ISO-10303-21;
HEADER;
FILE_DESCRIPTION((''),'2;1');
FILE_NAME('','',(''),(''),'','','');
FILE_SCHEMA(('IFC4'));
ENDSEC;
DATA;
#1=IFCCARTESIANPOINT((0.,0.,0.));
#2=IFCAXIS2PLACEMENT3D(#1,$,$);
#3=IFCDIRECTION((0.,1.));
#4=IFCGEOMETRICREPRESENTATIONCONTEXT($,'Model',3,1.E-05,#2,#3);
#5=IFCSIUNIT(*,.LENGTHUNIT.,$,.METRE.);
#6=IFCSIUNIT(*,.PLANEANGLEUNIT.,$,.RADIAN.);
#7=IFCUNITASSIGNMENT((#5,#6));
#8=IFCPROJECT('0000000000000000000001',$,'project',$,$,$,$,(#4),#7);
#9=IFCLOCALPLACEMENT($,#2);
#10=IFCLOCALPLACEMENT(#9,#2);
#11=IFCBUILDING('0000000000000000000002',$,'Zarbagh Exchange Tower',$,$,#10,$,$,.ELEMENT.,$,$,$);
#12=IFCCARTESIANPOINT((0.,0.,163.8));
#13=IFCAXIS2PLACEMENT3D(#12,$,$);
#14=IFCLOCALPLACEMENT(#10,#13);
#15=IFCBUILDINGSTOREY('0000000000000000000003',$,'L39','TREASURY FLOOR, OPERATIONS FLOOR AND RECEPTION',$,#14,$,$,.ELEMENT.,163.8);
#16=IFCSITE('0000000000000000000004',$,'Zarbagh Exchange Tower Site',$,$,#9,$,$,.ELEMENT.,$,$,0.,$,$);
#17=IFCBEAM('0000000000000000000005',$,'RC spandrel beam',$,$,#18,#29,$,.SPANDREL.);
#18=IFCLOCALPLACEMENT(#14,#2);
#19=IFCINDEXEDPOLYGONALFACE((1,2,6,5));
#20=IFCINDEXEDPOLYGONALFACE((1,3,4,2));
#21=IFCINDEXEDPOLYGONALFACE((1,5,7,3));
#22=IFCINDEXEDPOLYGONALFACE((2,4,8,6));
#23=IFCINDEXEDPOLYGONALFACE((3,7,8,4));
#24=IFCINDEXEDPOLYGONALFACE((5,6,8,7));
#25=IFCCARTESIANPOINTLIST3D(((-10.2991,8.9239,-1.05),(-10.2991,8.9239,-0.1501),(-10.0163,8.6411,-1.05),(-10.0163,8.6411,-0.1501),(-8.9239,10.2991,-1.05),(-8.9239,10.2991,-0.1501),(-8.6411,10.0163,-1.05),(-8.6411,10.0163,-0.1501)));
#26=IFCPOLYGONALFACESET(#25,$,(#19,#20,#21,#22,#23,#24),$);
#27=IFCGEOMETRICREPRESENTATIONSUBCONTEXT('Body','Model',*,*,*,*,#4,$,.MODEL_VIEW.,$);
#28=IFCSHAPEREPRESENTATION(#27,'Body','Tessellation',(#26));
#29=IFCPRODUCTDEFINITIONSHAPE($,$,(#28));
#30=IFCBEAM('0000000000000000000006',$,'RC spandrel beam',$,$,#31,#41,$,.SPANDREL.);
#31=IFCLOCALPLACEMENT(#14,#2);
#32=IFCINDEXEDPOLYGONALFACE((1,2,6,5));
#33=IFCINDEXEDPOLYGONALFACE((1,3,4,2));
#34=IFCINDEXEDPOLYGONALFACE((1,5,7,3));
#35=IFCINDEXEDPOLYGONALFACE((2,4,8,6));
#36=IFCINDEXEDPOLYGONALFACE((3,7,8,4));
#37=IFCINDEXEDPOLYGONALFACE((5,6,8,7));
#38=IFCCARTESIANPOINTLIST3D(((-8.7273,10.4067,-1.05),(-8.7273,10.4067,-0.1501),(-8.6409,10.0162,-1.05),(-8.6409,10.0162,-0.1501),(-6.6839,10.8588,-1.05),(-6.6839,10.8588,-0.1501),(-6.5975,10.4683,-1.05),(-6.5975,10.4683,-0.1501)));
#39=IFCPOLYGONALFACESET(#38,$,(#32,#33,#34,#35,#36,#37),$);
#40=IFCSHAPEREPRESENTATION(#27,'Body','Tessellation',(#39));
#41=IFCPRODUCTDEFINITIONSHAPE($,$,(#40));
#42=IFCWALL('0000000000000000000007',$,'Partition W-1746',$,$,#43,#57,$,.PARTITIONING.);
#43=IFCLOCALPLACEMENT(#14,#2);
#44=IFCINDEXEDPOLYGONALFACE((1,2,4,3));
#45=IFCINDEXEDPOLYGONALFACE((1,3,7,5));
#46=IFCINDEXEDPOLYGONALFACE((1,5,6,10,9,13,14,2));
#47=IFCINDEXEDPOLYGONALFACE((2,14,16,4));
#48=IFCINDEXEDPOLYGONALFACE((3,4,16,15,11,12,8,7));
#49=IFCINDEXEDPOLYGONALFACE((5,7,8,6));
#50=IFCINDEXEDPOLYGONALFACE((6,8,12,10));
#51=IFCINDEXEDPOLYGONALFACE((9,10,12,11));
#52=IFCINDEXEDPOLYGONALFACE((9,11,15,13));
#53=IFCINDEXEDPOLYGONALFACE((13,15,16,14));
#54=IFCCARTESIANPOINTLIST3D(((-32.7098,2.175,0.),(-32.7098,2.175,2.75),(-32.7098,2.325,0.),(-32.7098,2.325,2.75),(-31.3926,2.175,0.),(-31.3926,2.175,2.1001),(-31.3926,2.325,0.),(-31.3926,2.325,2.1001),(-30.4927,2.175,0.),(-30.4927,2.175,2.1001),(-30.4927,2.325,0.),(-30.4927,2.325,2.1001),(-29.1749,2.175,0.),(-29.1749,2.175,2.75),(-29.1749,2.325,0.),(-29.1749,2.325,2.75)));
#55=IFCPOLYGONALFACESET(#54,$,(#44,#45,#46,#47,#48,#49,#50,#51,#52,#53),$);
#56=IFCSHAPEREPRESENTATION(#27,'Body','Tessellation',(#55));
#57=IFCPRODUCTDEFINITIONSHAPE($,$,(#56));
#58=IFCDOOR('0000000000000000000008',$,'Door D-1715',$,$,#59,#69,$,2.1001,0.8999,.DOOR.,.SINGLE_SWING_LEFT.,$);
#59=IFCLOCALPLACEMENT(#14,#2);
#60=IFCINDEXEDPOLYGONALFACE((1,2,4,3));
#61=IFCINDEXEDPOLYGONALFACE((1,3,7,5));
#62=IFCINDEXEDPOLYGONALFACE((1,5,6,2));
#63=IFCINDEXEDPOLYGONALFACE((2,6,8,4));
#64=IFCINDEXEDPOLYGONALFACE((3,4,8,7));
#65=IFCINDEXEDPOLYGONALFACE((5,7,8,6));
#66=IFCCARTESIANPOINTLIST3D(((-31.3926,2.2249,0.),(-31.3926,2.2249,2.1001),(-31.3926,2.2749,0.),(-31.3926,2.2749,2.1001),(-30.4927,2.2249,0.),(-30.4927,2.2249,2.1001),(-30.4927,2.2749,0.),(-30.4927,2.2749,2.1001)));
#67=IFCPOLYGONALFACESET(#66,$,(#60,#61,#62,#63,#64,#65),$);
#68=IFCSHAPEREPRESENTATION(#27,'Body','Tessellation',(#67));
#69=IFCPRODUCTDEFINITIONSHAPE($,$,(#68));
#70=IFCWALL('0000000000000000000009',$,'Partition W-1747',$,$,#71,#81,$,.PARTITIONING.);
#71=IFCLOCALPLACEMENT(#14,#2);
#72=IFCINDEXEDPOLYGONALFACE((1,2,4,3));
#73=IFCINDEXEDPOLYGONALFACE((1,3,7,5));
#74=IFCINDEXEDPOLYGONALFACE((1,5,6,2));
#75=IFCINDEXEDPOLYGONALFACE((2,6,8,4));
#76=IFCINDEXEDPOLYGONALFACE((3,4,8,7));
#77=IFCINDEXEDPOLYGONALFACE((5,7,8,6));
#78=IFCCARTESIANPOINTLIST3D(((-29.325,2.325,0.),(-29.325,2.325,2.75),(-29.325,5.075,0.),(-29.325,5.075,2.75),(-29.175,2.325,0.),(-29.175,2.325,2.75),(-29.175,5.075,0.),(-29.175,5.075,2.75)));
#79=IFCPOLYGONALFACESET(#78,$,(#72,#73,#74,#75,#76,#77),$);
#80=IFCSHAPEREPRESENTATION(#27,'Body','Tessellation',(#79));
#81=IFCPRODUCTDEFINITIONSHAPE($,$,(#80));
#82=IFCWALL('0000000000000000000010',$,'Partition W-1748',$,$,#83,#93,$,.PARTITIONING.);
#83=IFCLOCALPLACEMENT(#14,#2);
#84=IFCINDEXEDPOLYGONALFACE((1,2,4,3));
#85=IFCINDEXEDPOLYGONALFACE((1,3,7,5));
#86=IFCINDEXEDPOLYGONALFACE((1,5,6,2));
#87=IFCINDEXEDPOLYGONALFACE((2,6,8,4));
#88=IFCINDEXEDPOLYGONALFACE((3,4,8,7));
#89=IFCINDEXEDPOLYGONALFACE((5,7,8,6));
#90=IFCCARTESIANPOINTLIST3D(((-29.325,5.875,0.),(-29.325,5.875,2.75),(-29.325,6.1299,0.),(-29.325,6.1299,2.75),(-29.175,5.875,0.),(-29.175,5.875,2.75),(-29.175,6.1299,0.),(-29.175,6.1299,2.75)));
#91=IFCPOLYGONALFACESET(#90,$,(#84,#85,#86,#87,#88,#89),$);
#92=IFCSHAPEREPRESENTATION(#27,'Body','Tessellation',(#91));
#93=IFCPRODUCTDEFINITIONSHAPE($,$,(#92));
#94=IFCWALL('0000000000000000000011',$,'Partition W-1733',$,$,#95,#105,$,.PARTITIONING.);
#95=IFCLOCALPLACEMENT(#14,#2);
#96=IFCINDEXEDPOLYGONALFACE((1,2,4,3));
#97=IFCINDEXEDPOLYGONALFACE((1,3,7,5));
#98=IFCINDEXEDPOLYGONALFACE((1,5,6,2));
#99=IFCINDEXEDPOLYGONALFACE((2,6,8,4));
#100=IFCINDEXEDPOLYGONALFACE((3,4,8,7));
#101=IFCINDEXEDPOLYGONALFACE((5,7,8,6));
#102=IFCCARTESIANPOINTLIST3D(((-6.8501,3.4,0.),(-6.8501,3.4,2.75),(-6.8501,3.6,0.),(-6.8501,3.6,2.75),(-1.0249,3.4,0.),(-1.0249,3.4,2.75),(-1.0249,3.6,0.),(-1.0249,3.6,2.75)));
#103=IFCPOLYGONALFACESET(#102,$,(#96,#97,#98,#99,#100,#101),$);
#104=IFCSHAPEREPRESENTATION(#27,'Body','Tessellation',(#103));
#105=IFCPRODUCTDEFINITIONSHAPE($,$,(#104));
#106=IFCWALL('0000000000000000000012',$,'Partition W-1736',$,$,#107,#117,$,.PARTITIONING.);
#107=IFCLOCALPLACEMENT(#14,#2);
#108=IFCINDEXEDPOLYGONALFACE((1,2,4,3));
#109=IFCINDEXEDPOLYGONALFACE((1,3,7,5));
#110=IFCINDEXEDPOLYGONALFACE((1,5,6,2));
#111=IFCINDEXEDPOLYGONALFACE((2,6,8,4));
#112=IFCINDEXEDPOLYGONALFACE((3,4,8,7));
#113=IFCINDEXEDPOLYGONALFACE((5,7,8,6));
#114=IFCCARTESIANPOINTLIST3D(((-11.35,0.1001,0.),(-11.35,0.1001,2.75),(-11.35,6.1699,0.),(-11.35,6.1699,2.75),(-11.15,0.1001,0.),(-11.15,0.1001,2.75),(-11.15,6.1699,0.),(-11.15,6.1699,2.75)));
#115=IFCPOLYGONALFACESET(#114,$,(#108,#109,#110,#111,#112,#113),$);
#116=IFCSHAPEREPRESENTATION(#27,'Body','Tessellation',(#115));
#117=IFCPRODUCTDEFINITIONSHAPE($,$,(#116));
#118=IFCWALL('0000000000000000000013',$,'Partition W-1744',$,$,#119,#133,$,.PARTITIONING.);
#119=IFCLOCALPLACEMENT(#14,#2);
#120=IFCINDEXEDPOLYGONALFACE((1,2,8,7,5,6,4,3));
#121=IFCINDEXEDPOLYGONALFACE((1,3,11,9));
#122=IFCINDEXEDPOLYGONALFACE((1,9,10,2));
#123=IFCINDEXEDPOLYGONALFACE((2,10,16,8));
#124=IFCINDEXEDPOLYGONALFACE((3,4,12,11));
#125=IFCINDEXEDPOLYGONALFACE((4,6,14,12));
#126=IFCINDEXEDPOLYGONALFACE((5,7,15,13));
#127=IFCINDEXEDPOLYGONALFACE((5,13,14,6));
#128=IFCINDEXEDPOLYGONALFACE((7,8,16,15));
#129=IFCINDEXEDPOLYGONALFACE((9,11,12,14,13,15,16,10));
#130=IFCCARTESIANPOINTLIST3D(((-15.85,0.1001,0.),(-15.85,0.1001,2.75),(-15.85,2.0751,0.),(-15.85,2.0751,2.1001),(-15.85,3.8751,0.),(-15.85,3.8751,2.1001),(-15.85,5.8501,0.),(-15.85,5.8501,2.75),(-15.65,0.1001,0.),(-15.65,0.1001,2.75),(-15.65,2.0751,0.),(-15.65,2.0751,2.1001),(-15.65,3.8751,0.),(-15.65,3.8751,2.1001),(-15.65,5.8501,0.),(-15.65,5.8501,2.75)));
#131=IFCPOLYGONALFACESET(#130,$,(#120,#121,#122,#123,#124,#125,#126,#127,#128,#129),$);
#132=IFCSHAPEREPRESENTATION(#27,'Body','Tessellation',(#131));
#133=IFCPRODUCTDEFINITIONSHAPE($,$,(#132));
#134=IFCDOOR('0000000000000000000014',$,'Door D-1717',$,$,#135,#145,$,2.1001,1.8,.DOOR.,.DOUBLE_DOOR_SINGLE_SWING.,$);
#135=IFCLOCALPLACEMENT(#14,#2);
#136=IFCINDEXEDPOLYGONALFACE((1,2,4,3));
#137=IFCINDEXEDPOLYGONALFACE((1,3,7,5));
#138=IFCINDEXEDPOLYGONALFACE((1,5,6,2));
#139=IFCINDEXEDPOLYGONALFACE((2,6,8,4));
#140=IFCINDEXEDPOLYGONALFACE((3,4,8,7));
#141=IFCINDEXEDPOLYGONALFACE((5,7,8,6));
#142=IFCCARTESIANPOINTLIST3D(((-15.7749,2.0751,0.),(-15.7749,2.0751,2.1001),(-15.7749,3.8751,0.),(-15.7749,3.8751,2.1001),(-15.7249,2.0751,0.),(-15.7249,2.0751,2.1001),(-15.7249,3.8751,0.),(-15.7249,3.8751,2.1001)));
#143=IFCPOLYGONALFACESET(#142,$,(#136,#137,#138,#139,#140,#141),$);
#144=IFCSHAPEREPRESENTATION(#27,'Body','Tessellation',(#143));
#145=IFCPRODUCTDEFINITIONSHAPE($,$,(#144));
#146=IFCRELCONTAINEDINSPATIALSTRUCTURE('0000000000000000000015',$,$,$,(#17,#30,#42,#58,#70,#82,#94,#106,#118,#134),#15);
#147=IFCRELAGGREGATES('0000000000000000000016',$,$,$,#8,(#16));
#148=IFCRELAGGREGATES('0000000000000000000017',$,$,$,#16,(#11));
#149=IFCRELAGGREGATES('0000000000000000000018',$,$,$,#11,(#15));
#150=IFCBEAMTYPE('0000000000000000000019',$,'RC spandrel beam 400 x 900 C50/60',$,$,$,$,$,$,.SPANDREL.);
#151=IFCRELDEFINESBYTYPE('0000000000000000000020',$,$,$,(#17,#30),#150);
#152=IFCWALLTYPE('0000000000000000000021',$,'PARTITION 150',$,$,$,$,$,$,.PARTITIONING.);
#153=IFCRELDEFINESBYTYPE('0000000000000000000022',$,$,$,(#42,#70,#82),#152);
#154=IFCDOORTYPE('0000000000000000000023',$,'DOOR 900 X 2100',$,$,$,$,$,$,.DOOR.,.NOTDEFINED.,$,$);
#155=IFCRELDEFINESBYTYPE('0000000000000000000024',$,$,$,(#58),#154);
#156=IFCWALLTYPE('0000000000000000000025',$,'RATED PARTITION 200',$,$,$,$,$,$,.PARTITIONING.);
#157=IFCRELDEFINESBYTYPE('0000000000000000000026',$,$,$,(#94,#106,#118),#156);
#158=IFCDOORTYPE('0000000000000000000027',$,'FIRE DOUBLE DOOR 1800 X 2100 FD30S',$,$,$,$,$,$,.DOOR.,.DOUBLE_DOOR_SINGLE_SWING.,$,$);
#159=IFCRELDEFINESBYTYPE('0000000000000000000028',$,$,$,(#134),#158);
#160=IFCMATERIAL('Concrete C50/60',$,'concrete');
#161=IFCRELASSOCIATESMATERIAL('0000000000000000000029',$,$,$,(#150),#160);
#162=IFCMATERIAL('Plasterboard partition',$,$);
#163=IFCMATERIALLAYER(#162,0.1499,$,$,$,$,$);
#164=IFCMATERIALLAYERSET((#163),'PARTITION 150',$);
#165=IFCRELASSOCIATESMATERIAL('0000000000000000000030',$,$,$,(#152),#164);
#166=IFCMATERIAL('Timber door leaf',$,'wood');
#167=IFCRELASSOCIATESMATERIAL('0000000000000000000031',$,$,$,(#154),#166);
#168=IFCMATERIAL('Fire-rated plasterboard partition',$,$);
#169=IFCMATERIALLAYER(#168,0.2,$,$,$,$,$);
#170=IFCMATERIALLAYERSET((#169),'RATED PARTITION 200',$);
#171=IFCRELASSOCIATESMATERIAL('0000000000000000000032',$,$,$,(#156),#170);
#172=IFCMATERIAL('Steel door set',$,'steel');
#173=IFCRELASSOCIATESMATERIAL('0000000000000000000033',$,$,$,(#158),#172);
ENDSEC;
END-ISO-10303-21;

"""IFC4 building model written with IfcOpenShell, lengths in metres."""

from ifc_helpers import new_model, si_unit, direction, frame, frame_2d, origin, origin_2d, place, context, subcontext, project, spatial, rectangle, extrude, material, layer, layer_set, material_profile, profile_set, type_object, element, fill, save


model = new_model("IFC4")

# Units and contexts
model_context = context("Model", 3, precision=1e-05, world=origin(), true_north=direction((0.0, 1.0)))
body_context = subcontext(model_context, "Body", "Model", "MODEL_VIEW")
ifc_project = project(units=[si_unit("LENGTHUNIT", "METRE"), si_unit("PLANEANGLEUNIT", "RADIAN")], contexts=[model_context])

# Site, building, storey
site_placement = place(None, origin())
site = spatial("IfcSite", under=ifc_project, at=site_placement, Name="Zarbagh Exchange Tower Site", CompositionType="ELEMENT", RefElevation=0.0)
building_placement = place(site_placement, origin())
building = spatial("IfcBuilding", under=site, at=building_placement, Name="Zarbagh Exchange Tower", CompositionType="ELEMENT")
storey_placement = place(building_placement, frame((0.0, 0.0, 163.8)))
storey = spatial("IfcBuildingStorey", under=building, at=storey_placement, Name="L39", Description="TREASURY FLOOR, OPERATIONS FLOOR AND RECEPTION", CompositionType="ELEMENT", Elevation=163.8)

# Shared definitions
ifc_material_1 = material(Name="Concrete C50/60", Category="concrete")

# Beams
ifc_material_profile_1 = material_profile(ifc_material_1, rectangle(XDim=0.3999, YDim=0.8999, at=origin_2d()), Name="RC spandrel beam 400 x 900 C50/60")
ifc_profile_set_1 = profile_set([ifc_material_profile_1], Name="Concrete C50/60")
beam_type_1 = type_object("IfcBeamType", Name="RC spandrel beam 400 x 900 C50/60", PredefinedType="SPANDREL", material=ifc_profile_set_1)
beam_1_placement = place(storey_placement, frame((-10.1577, 8.7825, -0.6001), z_axis=(0.707107, 0.707107, 0.0), x_axis=(-0.707107, 0.707107, 0.0)))
element("IfcBeam", 1, at=beam_1_placement, inside=storey, type_object=beam_type_1, Name="RC spandrel beam", PredefinedType="SPANDREL", context=body_context, shape_type="SweptSolid", body=[
    extrude(rectangle(XDim=0.3999, YDim=0.8999, at=origin_2d()), origin(), (0.0, 0.0, 1.0), 1.9448),
])
beam_2_placement = place(storey_placement, frame((-8.6841, 10.2114, -0.6001), z_axis=(0.976384, 0.216041, 0.0), x_axis=(-0.216041, 0.976384, 0.0)))
element("IfcBeam", 2, at=beam_2_placement, inside=storey, type_object=beam_type_1, Name="RC spandrel beam", PredefinedType="SPANDREL", context=body_context, shape_type="SweptSolid", body=[
    extrude(rectangle(XDim=0.3999, YDim=0.8999, at=origin_2d()), origin(), (0.0, 0.0, 1.0), 2.0928),
])

# Wall, opening, door
ifc_material_2 = material(Name="Plasterboard partition")
ifc_layer_1 = layer(ifc_material_2, 0.1499)
ifc_layer_set_1 = layer_set([ifc_layer_1], Name="PARTITION 150")
wall_type_1 = type_object("IfcWallType", Name="PARTITION 150", PredefinedType="PARTITIONING", material=ifc_layer_set_1)
wall_1_placement = place(storey_placement, frame((-32.71, 2.25, 0.0), z_axis=(0.0, 0.0, 1.0), x_axis=(1.0, 0.0, 0.0)))
wall_1 = element("IfcWall", 3, at=wall_1_placement, inside=storey, type_object=wall_type_1, Name="Partition W-1746", PredefinedType="PARTITIONING", context=body_context, shape_type="SweptSolid", body=[
    extrude(rectangle(XDim=3.5349, YDim=0.1499, at=frame_2d((1.7676, 0.0))), origin(), (0.0, 0.0, 1.0), 2.75),
])
opening_1_placement = place(wall_1_placement, frame((1.3174, 0.0, 0.0)))
opening_1 = element("IfcOpeningElement", 4, at=opening_1_placement, cuts=wall_1, PredefinedType="OPENING", context=body_context, shape_type="SweptSolid", body=[
    extrude(rectangle(XDim=0.8999, YDim=2.1001, at=frame_2d((0.45, 1.05))), frame((0.0, 0.085, 0.0), z_axis=(0.0, -1.0, 0.0), x_axis=(1.0, 0.0, 0.0)), (0.0, 0.0, 1.0), 0.1699),
])
ifc_material_3 = material(Name="Timber door leaf", Category="wood")
door_type_1 = type_object("IfcDoorType", Name="DOOR 900 X 2100", OperationType="NOTDEFINED", PredefinedType="DOOR", material=ifc_material_3)
door_1_placement = place(opening_1_placement, origin())
door_1 = element("IfcDoor", 5, at=door_1_placement, inside=storey, type_object=door_type_1, Name="Door D-1715", OperationType="SINGLE_SWING_LEFT", OverallHeight=2.1001, OverallWidth=0.8999, PredefinedType="DOOR", context=body_context, shape_type="SweptSolid", body=[
    extrude(rectangle(XDim=0.8999, YDim=2.1001, at=frame_2d((0.45, 1.05))), frame((0.0, 0.0249, 0.0), z_axis=(0.0, -1.0, 0.0), x_axis=(1.0, 0.0, 0.0)), (0.0, 0.0, 1.0), 0.05),
])
fill(opening_1, door_1)

# Walls
wall_2_placement = place(storey_placement, frame((-29.25, 2.325, 0.0), z_axis=(0.0, 0.0, 1.0), x_axis=(0.0, 1.0, 0.0)))
element("IfcWall", 6, at=wall_2_placement, inside=storey, type_object=wall_type_1, Name="Partition W-1747", PredefinedType="PARTITIONING", context=body_context, shape_type="SweptSolid", body=[
    extrude(rectangle(XDim=2.75, YDim=0.1499, at=frame_2d((1.375, 0.0))), origin(), (0.0, 0.0, 1.0), 2.75),
])
wall_3_placement = place(storey_placement, frame((-29.25, 5.875, 0.0), z_axis=(0.0, 0.0, 1.0), x_axis=(0.0, 1.0, 0.0)))
element("IfcWall", 7, at=wall_3_placement, inside=storey, type_object=wall_type_1, Name="Partition W-1748", PredefinedType="PARTITIONING", context=body_context, shape_type="SweptSolid", body=[
    extrude(rectangle(XDim=0.2549, YDim=0.1499, at=frame_2d((0.1274, 0.0))), origin(), (0.0, 0.0, 1.0), 2.75),
])
ifc_material_4 = material(Name="Fire-rated plasterboard partition")
ifc_layer_2 = layer(ifc_material_4, 0.2)
ifc_layer_set_2 = layer_set([ifc_layer_2], Name="RATED PARTITION 200")
wall_type_2 = type_object("IfcWallType", Name="RATED PARTITION 200", PredefinedType="PARTITIONING", material=ifc_layer_set_2)
wall_4_placement = place(storey_placement, frame((-6.8501, 3.5, 0.0), z_axis=(0.0, 0.0, 1.0), x_axis=(1.0, 0.0, 0.0)))
element("IfcWall", 8, at=wall_4_placement, inside=storey, type_object=wall_type_2, Name="Partition W-1733", PredefinedType="PARTITIONING", context=body_context, shape_type="SweptSolid", body=[
    extrude(rectangle(XDim=5.8252, YDim=0.2, at=frame_2d((2.9126, 0.0))), origin(), (0.0, 0.0, 1.0), 2.75),
])
wall_5_placement = place(storey_placement, frame((-11.25, 0.1001, 0.0), z_axis=(0.0, 0.0, 1.0), x_axis=(0.0, 1.0, 0.0)))
element("IfcWall", 9, at=wall_5_placement, inside=storey, type_object=wall_type_2, Name="Partition W-1736", PredefinedType="PARTITIONING", context=body_context, shape_type="SweptSolid", body=[
    extrude(rectangle(XDim=6.0698, YDim=0.2, at=frame_2d((3.0349, 0.0))), origin(), (0.0, 0.0, 1.0), 2.75),
])

# Wall, opening, door
wall_6_placement = place(storey_placement, frame((-15.75, 0.1001, 0.0), z_axis=(0.0, 0.0, 1.0), x_axis=(0.0, 1.0, 0.0)))
wall_6 = element("IfcWall", 10, at=wall_6_placement, inside=storey, type_object=wall_type_2, Name="Partition W-1744", PredefinedType="PARTITIONING", context=body_context, shape_type="SweptSolid", body=[
    extrude(rectangle(XDim=5.75, YDim=0.2, at=frame_2d((2.875, 0.0))), origin(), (0.0, 0.0, 1.0), 2.75),
])
opening_2_placement = place(wall_6_placement, frame((1.9751, 0.0, 0.0)))
opening_2 = element("IfcOpeningElement", 11, at=opening_2_placement, cuts=wall_6, PredefinedType="OPENING", context=body_context, shape_type="SweptSolid", body=[
    extrude(rectangle(XDim=1.8, YDim=2.1001, at=frame_2d((0.8999, 1.05))), frame((0.0, 0.1099, 0.0), z_axis=(0.0, -1.0, 0.0), x_axis=(1.0, 0.0, 0.0)), (0.0, 0.0, 1.0), 0.22),
])
ifc_material_5 = material(Name="Steel door set", Category="steel")
door_type_2 = type_object("IfcDoorType", Name="FIRE DOUBLE DOOR 1800 X 2100 FD30S", OperationType="DOUBLE_DOOR_SINGLE_SWING", PredefinedType="DOOR", material=ifc_material_5)
door_2_placement = place(opening_2_placement, origin())
door_2 = element("IfcDoor", 12, at=door_2_placement, inside=storey, type_object=door_type_2, Name="Door D-1717", OperationType="DOUBLE_DOOR_SINGLE_SWING", OverallHeight=2.1001, OverallWidth=1.8, PredefinedType="DOOR", context=body_context, shape_type="SweptSolid", body=[
    extrude(rectangle(XDim=1.8, YDim=2.1001, at=frame_2d((0.8999, 1.05))), frame((0.0, 0.0249, 0.0), z_axis=(0.0, -1.0, 0.0), x_axis=(1.0, 0.0, 0.0)), (0.0, 0.0, 1.0), 0.05),
])
fill(opening_2, door_2)

save(model, "model.ifc")
